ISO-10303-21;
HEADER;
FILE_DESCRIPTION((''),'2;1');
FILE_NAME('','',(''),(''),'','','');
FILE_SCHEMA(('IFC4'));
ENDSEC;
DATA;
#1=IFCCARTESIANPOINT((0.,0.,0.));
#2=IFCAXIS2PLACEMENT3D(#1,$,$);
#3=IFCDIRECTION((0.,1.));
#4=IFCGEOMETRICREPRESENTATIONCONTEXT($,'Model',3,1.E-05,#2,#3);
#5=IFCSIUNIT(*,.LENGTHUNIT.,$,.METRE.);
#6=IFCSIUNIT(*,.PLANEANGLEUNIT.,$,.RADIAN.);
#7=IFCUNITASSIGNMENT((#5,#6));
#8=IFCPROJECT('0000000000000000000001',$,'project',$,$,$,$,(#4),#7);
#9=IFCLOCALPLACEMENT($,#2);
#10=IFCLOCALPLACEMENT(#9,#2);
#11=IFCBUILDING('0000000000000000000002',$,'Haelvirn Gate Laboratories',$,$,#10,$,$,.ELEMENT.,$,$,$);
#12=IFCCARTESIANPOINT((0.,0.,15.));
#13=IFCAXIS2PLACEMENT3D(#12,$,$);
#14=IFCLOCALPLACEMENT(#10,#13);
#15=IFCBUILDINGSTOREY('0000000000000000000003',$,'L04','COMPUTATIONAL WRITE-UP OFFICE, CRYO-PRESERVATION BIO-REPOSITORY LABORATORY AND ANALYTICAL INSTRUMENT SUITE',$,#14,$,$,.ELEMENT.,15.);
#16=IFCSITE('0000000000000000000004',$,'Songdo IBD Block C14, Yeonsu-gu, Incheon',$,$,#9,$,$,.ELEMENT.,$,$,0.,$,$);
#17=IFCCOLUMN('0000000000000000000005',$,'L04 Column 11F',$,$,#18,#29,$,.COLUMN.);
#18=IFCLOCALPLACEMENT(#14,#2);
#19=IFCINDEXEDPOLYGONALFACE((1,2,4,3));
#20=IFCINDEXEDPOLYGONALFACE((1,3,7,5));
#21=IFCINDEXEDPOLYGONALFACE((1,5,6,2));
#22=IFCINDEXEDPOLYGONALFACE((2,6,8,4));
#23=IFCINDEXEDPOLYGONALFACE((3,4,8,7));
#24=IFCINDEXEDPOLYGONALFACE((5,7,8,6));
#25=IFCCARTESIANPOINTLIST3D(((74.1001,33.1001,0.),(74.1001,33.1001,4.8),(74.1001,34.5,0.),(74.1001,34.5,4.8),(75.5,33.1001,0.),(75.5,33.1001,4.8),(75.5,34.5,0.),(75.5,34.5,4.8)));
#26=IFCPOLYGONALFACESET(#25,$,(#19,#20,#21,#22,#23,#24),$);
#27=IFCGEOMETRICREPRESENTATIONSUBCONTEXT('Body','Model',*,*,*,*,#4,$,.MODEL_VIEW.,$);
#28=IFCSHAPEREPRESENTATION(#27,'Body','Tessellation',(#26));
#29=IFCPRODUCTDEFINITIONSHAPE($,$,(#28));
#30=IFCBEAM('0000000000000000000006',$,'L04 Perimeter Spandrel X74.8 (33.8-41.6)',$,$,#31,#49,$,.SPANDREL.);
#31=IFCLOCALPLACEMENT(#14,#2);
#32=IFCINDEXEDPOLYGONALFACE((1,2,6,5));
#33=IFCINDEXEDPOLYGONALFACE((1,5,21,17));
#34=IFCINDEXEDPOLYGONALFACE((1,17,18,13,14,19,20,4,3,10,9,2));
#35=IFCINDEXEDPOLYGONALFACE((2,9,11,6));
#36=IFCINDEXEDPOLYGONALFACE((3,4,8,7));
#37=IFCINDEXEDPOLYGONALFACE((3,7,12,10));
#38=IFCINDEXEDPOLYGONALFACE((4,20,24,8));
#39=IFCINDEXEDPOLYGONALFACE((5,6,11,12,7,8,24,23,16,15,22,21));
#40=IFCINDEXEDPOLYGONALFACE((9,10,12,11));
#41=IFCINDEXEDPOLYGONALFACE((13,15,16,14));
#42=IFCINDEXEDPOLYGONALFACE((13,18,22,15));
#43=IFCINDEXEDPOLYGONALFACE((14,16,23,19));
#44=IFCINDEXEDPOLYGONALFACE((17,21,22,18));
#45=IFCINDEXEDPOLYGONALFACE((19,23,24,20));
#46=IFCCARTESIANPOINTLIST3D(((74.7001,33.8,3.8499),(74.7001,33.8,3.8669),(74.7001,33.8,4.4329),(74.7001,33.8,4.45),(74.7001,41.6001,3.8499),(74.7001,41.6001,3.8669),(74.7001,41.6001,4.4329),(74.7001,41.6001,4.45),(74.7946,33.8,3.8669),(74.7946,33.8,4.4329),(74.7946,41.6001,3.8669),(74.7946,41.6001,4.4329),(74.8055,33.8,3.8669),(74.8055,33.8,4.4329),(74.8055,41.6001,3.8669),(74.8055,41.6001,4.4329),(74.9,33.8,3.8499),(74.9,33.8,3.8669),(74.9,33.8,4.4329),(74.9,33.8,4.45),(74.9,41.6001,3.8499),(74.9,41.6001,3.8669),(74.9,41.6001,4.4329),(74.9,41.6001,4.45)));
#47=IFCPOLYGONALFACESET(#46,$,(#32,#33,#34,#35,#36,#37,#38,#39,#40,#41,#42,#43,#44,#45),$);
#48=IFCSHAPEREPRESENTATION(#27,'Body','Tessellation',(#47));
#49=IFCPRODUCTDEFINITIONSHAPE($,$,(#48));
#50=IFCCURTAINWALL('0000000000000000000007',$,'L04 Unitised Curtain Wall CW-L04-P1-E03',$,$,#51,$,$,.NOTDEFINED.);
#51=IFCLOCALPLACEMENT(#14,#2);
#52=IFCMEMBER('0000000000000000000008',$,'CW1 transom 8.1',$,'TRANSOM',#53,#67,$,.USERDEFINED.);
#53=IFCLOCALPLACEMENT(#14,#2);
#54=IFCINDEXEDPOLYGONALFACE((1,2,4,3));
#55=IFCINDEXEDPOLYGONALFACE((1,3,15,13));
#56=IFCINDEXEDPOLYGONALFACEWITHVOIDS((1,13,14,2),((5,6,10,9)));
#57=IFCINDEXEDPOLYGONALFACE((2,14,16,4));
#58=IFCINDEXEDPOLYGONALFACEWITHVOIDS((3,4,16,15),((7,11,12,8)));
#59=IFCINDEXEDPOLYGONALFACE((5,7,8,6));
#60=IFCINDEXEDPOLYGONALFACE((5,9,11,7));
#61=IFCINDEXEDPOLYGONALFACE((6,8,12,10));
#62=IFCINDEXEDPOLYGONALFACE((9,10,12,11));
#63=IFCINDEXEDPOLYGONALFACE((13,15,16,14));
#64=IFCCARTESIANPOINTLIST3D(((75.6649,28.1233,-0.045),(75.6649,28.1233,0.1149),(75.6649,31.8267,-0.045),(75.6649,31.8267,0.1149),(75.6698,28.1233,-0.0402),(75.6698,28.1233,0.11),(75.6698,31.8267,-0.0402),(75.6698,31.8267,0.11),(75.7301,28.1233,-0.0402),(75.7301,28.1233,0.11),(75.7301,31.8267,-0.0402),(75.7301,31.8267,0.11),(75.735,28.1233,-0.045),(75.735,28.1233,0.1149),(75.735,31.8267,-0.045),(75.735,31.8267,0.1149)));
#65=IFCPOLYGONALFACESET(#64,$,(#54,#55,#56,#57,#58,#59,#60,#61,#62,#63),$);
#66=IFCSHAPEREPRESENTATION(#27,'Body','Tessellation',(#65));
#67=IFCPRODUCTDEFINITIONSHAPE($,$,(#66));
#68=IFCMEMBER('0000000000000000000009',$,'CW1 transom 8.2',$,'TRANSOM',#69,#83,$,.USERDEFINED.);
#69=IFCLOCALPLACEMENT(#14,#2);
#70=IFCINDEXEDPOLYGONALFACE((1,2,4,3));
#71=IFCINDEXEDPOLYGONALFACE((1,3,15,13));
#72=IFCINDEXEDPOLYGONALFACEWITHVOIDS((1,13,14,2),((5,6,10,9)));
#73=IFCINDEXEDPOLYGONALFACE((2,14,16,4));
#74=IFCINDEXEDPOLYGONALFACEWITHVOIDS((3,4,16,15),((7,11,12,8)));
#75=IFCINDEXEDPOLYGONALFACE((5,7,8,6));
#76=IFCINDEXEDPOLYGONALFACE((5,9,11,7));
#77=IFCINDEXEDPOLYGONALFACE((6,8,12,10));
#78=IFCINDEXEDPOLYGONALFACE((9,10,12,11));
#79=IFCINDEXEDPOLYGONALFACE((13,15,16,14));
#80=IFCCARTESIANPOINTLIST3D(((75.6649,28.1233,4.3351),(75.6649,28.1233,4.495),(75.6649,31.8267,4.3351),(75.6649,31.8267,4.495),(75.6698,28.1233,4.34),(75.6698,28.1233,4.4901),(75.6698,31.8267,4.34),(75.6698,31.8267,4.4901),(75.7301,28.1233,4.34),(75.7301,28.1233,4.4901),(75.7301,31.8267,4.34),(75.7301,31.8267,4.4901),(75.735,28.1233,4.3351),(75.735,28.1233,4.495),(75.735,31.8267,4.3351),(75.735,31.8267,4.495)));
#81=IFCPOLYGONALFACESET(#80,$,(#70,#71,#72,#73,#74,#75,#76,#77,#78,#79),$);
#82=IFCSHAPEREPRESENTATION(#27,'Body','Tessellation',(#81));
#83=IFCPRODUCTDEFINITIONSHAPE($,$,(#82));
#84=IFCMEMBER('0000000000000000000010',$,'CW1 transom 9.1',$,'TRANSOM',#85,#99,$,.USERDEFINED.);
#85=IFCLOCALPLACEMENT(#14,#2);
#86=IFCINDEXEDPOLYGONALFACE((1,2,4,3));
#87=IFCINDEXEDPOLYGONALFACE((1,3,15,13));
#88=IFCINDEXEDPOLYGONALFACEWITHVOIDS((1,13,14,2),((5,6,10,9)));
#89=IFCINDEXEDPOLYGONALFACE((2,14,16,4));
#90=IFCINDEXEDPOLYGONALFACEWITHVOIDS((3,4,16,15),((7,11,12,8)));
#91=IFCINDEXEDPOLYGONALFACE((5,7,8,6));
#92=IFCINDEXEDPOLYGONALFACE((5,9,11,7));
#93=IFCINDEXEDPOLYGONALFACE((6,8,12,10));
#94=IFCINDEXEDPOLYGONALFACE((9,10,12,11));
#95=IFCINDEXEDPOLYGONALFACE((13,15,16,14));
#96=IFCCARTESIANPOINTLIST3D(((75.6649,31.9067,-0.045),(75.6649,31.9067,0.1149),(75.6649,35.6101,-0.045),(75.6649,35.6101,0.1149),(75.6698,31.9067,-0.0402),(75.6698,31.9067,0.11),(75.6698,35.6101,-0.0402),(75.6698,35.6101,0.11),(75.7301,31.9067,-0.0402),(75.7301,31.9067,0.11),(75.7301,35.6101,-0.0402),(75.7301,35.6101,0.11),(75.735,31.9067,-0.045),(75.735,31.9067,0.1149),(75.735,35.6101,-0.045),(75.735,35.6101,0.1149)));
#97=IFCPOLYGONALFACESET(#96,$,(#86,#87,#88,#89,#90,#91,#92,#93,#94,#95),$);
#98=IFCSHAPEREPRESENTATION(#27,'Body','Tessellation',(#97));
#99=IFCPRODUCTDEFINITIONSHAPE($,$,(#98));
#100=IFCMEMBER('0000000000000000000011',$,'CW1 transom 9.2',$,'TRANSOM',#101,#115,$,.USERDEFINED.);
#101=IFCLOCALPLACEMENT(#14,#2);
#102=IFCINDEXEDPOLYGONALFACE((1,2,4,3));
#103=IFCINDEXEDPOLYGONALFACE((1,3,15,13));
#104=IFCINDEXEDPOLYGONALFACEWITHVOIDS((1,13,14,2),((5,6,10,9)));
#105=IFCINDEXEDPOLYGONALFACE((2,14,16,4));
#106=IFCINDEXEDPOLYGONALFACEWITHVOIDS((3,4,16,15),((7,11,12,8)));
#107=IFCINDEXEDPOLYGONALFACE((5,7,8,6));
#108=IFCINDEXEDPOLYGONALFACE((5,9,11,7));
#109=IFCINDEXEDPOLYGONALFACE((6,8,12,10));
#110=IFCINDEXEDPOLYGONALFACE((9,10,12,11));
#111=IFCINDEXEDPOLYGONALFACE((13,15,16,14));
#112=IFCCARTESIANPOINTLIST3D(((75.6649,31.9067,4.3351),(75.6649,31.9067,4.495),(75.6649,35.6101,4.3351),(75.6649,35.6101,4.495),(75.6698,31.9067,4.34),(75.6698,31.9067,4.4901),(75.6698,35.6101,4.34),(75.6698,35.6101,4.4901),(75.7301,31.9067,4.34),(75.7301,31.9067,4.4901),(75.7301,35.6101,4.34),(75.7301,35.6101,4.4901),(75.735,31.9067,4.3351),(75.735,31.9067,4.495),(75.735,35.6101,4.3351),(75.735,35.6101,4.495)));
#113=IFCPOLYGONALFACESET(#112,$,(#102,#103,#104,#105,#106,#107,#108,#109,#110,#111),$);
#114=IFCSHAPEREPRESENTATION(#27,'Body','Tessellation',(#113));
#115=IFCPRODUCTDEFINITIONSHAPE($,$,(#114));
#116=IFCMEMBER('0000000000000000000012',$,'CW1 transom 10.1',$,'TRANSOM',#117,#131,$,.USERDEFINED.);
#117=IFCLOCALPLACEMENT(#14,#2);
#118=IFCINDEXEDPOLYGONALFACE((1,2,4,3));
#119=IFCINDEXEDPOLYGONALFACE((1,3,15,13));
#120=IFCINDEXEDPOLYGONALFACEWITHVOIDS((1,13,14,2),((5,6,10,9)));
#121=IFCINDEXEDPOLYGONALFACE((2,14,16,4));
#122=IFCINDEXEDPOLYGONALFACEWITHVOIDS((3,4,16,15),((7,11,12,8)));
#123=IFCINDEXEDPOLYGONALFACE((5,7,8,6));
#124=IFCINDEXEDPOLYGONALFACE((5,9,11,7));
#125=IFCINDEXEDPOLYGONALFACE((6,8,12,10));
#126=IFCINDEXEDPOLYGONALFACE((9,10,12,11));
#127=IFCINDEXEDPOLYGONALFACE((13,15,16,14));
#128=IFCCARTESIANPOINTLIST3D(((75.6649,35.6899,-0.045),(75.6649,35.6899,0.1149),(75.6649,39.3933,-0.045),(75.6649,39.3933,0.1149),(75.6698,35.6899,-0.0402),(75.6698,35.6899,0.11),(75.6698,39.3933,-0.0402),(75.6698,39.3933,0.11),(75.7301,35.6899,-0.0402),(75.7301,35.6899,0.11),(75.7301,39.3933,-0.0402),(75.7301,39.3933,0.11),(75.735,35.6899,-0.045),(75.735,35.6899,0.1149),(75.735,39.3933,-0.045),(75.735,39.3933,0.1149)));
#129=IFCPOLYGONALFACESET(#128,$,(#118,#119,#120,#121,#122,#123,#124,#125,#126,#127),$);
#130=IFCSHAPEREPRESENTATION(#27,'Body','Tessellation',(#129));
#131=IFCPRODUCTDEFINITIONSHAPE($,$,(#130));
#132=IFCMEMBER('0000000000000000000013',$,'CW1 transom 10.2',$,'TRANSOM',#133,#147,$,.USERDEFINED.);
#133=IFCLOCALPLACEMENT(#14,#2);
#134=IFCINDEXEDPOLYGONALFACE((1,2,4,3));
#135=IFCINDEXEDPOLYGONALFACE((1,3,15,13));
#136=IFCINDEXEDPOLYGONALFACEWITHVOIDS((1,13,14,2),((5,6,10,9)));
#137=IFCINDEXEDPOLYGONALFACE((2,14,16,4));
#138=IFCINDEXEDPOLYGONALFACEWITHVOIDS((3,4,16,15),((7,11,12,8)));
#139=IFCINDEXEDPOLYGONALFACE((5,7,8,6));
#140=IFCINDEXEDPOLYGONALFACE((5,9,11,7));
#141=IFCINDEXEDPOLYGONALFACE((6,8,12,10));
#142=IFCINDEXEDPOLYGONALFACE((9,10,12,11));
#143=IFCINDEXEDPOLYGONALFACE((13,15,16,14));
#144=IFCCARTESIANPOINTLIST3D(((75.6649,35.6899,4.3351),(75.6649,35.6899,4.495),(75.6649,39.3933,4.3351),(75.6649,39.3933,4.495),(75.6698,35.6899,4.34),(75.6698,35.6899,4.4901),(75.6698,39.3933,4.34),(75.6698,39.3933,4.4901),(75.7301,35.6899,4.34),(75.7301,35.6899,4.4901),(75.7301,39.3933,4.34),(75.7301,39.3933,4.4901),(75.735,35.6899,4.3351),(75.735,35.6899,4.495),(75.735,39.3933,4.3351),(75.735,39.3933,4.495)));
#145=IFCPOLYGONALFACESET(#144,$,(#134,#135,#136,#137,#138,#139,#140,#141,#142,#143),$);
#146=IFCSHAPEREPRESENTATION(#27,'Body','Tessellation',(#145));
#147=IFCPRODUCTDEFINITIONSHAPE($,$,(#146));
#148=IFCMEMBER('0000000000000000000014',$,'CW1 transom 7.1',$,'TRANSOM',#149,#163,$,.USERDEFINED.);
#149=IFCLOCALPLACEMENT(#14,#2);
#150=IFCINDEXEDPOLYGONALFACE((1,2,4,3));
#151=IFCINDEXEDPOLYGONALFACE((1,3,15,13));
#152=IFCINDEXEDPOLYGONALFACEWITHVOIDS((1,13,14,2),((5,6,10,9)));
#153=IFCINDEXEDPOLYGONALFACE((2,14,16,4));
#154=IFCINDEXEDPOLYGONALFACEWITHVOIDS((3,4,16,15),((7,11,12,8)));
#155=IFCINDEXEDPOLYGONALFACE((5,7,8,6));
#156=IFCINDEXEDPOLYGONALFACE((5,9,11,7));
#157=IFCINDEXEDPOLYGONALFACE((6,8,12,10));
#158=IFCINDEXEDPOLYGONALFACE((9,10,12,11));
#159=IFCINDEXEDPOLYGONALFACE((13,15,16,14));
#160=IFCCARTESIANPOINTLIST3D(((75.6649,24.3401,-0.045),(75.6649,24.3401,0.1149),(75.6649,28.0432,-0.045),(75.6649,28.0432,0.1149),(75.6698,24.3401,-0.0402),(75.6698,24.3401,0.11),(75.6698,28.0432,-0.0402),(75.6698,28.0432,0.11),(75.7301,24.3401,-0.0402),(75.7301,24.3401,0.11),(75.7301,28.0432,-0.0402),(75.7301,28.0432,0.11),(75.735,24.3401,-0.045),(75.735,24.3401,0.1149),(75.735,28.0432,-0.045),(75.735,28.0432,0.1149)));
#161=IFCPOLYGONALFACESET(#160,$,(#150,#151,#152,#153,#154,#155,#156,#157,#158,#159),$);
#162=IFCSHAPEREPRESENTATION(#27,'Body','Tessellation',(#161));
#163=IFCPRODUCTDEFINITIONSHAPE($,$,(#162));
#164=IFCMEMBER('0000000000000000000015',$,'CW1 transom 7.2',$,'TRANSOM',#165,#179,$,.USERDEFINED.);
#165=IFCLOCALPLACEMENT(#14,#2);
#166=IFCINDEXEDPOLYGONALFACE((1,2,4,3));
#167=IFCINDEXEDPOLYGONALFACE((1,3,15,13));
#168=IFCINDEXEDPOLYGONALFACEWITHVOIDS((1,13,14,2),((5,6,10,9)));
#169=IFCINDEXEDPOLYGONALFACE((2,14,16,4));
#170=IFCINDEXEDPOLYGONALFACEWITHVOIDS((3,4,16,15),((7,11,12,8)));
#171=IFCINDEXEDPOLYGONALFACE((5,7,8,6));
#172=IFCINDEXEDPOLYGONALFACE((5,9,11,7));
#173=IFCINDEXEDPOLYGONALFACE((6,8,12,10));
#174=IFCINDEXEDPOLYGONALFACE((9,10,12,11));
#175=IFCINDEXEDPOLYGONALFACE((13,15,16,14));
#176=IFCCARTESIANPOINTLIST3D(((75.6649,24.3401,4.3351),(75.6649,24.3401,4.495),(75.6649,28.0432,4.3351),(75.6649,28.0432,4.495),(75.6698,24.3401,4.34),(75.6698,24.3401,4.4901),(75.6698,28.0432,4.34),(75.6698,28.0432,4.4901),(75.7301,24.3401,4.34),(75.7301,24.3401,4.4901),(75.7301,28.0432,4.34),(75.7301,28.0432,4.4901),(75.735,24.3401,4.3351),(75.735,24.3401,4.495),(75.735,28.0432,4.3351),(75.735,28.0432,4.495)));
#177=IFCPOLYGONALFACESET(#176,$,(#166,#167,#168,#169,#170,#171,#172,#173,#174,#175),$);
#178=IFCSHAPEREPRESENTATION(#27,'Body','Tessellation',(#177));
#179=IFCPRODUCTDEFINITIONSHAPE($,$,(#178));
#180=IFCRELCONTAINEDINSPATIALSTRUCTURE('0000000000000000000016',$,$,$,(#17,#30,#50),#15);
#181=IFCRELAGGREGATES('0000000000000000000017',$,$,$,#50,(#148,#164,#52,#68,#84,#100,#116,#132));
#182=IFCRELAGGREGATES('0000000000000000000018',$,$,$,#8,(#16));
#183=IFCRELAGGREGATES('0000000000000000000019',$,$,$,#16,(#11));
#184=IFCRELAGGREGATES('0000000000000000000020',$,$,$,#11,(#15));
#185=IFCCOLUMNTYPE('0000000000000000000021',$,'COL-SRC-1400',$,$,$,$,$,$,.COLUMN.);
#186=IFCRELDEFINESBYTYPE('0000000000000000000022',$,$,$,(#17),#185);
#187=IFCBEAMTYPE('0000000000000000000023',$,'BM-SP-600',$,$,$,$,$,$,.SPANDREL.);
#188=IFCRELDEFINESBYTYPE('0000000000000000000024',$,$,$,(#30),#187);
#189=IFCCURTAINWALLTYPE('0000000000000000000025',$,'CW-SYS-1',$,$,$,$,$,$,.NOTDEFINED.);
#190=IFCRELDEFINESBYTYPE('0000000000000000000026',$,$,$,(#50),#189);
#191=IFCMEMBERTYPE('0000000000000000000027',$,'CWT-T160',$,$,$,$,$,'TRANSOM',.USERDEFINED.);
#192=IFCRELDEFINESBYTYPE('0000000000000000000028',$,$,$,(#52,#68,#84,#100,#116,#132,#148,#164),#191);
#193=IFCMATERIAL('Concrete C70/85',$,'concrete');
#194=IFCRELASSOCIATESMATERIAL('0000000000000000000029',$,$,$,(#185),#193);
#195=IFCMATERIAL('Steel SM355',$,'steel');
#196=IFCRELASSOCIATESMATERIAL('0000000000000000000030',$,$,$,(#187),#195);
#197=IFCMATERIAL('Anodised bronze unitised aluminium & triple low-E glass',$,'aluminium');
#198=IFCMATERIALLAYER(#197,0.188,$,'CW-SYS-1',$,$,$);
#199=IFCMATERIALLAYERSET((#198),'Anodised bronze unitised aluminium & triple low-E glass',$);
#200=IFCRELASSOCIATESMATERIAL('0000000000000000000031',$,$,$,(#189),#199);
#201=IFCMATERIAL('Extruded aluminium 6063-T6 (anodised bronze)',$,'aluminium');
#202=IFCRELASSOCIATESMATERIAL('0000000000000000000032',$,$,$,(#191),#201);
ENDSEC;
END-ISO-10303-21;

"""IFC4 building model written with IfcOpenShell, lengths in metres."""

from ifc_helpers import new_model, si_unit, direction, frame, origin, origin_2d, place, context, subcontext, project, spatial, rectangle, hollow_rectangle, i_section, extrude, source, transform, mapped, material, layer, layer_set, material_profile, profile_set, type_object, type_shapes, element, aggregate, save


model = new_model("IFC4")

# Units and contexts
model_context = context("Model", 3, precision=1e-05, world=origin(), true_north=direction((0.0, 1.0)))
body_context = subcontext(model_context, "Body", "Model", "MODEL_VIEW")
ifc_project = project(units=[si_unit("LENGTHUNIT", "METRE"), si_unit("PLANEANGLEUNIT", "RADIAN")], contexts=[model_context])

# Site, building, storey
site_placement = place(None, origin())
site = spatial("IfcSite", under=ifc_project, at=site_placement, Name="Songdo IBD Block C14, Yeonsu-gu, Incheon", CompositionType="ELEMENT", RefElevation=0.0)
building_placement = place(site_placement, origin())
building = spatial("IfcBuilding", under=site, at=building_placement, Name="Haelvirn Gate Laboratories", CompositionType="ELEMENT")
storey_placement = place(building_placement, frame((0.0, 0.0, 15.0)))
storey = spatial("IfcBuildingStorey", under=building, at=storey_placement, Name="L04", Description="COMPUTATIONAL WRITE-UP OFFICE, CRYO-PRESERVATION BIO-REPOSITORY LABORATORY AND ANALYTICAL INSTRUMENT SUITE", CompositionType="ELEMENT", Elevation=15.0)

# Column
ifc_material_1 = material(Name="Concrete C70/85", Category="concrete")
ifc_material_profile_1 = material_profile(ifc_material_1, rectangle(XDim=1.3999, YDim=1.3999, at=origin_2d()), Name="SRC-1400x1400")
ifc_profile_set_1 = profile_set([ifc_material_profile_1], Name="Concrete C70/85")
column_type = type_object("IfcColumnType", Name="COL-SRC-1400", PredefinedType="COLUMN", material=ifc_profile_set_1)
shared_shape_1 = source(origin(), body_context, "Body", "SweptSolid", [
    extrude(rectangle(XDim=1.3999, YDim=1.3999, at=origin_2d()), origin(), (0.0, 0.0, 1.0), 4.8),
])
type_shapes(column_type, [shared_shape_1])
column_placement = place(storey_placement, frame((74.8, 33.8, 0.0), z_axis=(0.0, 0.0, 1.0), x_axis=(1.0, 0.0, 0.0)))
element("IfcColumn", 1, at=column_placement, inside=storey, type_object=column_type, Name="L04 Column 11F", PredefinedType="COLUMN", context=body_context, shape_type="MappedRepresentation", body=[
    mapped(shared_shape_1, transform((0.0, 0.0, 0.0), scale=1.0)),
])

# Beam
ifc_material_2 = material(Name="Steel SM355", Category="steel")
ifc_material_profile_2 = material_profile(ifc_material_2, i_section(OverallWidth=0.2, OverallDepth=0.6001, WebThickness=0.011, FlangeThickness=0.0171, at=origin_2d()), Name="H-600x200x11x17")
ifc_profile_set_2 = profile_set([ifc_material_profile_2], Name="Steel SM355")
beam_type = type_object("IfcBeamType", Name="BM-SP-600", PredefinedType="SPANDREL", material=ifc_profile_set_2)
shared_shape_2 = source(origin(), body_context, "Body", "SweptSolid", [
    extrude(i_section(OverallWidth=0.2, OverallDepth=0.6001, WebThickness=0.011, FlangeThickness=0.0171, at=origin_2d()), origin(), (0.0, 0.0, 1.0), 7.8),
])
type_shapes(beam_type, [shared_shape_2])
beam_placement = place(storey_placement, frame((74.8, 33.8, 4.1499), z_axis=(0.0, 1.0, 0.0), x_axis=(-1.0, 0.0, 0.0)))
element("IfcBeam", 2, at=beam_placement, inside=storey, type_object=beam_type, Name="L04 Perimeter Spandrel X74.8 (33.8-41.6)", PredefinedType="SPANDREL", context=body_context, shape_type="MappedRepresentation", body=[
    mapped(shared_shape_2, transform((0.0, 0.0, 0.0), scale=1.0)),
])

# Curtain wall, members
ifc_material_3 = material(Name="Anodised bronze unitised aluminium & triple low-E glass", Category="aluminium")
ifc_layer_1 = layer(ifc_material_3, 0.188, Name="CW-SYS-1")
ifc_layer_set_1 = layer_set([ifc_layer_1], Name="Anodised bronze unitised aluminium & triple low-E glass")
curtain_wall_type = type_object("IfcCurtainWallType", Name="CW-SYS-1", PredefinedType="NOTDEFINED", material=ifc_layer_set_1)
curtain_wall_placement = place(storey_placement, origin())
curtain_wall = element("IfcCurtainWall", 3, at=curtain_wall_placement, inside=storey, type_object=curtain_wall_type, Name="L04 Unitised Curtain Wall CW-L04-P1-E03", PredefinedType="NOTDEFINED")
ifc_material_4 = material(Name="Extruded aluminium 6063-T6 (anodised bronze)", Category="aluminium")
ifc_material_profile_3 = material_profile(ifc_material_4, hollow_rectangle(XDim=0.0701, YDim=0.1599, WallThickness=0.0049, at=origin_2d()), Name="CWT-160x70x5")
ifc_profile_set_3 = profile_set([ifc_material_profile_3], Name="Extruded aluminium 6063-T6 (anodised bronze)")
member_type_1 = type_object("IfcMemberType", Name="CWT-T160", ElementType="TRANSOM", PredefinedType="USERDEFINED", material=ifc_profile_set_3)
shared_shape_3 = source(origin(), body_context, "Body", "SweptSolid", [
    extrude(hollow_rectangle(XDim=0.0701, YDim=0.1599, WallThickness=0.0049, at=origin_2d()), origin(), (0.0, 0.0, 1.0), 3.7034),
])
member_1_placement = place(storey_placement, frame((75.7, 28.1233, 0.0349), z_axis=(0.0, 1.0, 0.0), x_axis=(-1.0, 0.0, 0.0)))
member_1 = element("IfcMember", 4, at=member_1_placement, type_object=member_type_1, Name="CW1 transom 8.1", ObjectType="TRANSOM", PredefinedType="USERDEFINED", context=body_context, shape_type="MappedRepresentation", body=[
    mapped(shared_shape_3, transform((0.0, 0.0, 0.0), scale=1.0)),
])
member_2_placement = place(storey_placement, frame((75.7, 28.1233, 4.415), z_axis=(0.0, 1.0, 0.0), x_axis=(-1.0, 0.0, 0.0)))
member_2 = element("IfcMember", 5, at=member_2_placement, type_object=member_type_1, Name="CW1 transom 8.2", ObjectType="TRANSOM", PredefinedType="USERDEFINED", context=body_context, shape_type="MappedRepresentation", body=[
    mapped(shared_shape_3, transform((0.0, 0.0, 0.0), scale=1.0)),
])
member_3_placement = place(storey_placement, frame((75.7, 31.9067, 0.0349), z_axis=(0.0, 1.0, 0.0), x_axis=(-1.0, 0.0, 0.0)))
member_3 = element("IfcMember", 6, at=member_3_placement, type_object=member_type_1, Name="CW1 transom 9.1", ObjectType="TRANSOM", PredefinedType="USERDEFINED", context=body_context, shape_type="MappedRepresentation", body=[
    mapped(shared_shape_3, transform((0.0, 0.0, 0.0), scale=1.0)),
])
member_4_placement = place(storey_placement, frame((75.7, 31.9067, 4.415), z_axis=(0.0, 1.0, 0.0), x_axis=(-1.0, 0.0, 0.0)))
member_4 = element("IfcMember", 7, at=member_4_placement, type_object=member_type_1, Name="CW1 transom 9.2", ObjectType="TRANSOM", PredefinedType="USERDEFINED", context=body_context, shape_type="MappedRepresentation", body=[
    mapped(shared_shape_3, transform((0.0, 0.0, 0.0), scale=1.0)),
])
member_5_placement = place(storey_placement, frame((75.7, 35.6899, 0.0349), z_axis=(0.0, 1.0, 0.0), x_axis=(-1.0, 0.0, 0.0)))
member_5 = element("IfcMember", 8, at=member_5_placement, type_object=member_type_1, Name="CW1 transom 10.1", ObjectType="TRANSOM", PredefinedType="USERDEFINED", context=body_context, shape_type="MappedRepresentation", body=[
    mapped(shared_shape_3, transform((0.0, 0.0, 0.0), scale=1.0)),
])
member_6_placement = place(storey_placement, frame((75.7, 35.6899, 4.415), z_axis=(0.0, 1.0, 0.0), x_axis=(-1.0, 0.0, 0.0)))
member_6 = element("IfcMember", 9, at=member_6_placement, type_object=member_type_1, Name="CW1 transom 10.2", ObjectType="TRANSOM", PredefinedType="USERDEFINED", context=body_context, shape_type="MappedRepresentation", body=[
    mapped(shared_shape_3, transform((0.0, 0.0, 0.0), scale=1.0)),
])
shared_shape_4 = source(origin(), body_context, "Body", "SweptSolid", [
    extrude(hollow_rectangle(XDim=0.0701, YDim=0.1599, WallThickness=0.0049, at=origin_2d()), origin(), (0.0, 0.0, 1.0), 3.7031),
])
type_shapes(member_type_1, [shared_shape_3, shared_shape_4])
member_7_placement = place(storey_placement, frame((75.7, 24.3401, 0.0349), z_axis=(0.0, 1.0, 0.0), x_axis=(-1.0, 0.0, 0.0)))
member_7 = element("IfcMember", 10, at=member_7_placement, type_object=member_type_1, Name="CW1 transom 7.1", ObjectType="TRANSOM", PredefinedType="USERDEFINED", context=body_context, shape_type="MappedRepresentation", body=[
    mapped(shared_shape_4, transform((0.0, 0.0, 0.0), scale=1.0)),
])
member_8_placement = place(storey_placement, frame((75.7, 24.3401, 4.415), z_axis=(0.0, 1.0, 0.0), x_axis=(-1.0, 0.0, 0.0)))
member_8 = element("IfcMember", 11, at=member_8_placement, type_object=member_type_1, Name="CW1 transom 7.2", ObjectType="TRANSOM", PredefinedType="USERDEFINED", context=body_context, shape_type="MappedRepresentation", body=[
    mapped(shared_shape_4, transform((0.0, 0.0, 0.0), scale=1.0)),
])
aggregate(curtain_wall, [member_7, member_8, member_1, member_2, member_3, member_4, member_5, member_6])

save(model, "model.ifc")
